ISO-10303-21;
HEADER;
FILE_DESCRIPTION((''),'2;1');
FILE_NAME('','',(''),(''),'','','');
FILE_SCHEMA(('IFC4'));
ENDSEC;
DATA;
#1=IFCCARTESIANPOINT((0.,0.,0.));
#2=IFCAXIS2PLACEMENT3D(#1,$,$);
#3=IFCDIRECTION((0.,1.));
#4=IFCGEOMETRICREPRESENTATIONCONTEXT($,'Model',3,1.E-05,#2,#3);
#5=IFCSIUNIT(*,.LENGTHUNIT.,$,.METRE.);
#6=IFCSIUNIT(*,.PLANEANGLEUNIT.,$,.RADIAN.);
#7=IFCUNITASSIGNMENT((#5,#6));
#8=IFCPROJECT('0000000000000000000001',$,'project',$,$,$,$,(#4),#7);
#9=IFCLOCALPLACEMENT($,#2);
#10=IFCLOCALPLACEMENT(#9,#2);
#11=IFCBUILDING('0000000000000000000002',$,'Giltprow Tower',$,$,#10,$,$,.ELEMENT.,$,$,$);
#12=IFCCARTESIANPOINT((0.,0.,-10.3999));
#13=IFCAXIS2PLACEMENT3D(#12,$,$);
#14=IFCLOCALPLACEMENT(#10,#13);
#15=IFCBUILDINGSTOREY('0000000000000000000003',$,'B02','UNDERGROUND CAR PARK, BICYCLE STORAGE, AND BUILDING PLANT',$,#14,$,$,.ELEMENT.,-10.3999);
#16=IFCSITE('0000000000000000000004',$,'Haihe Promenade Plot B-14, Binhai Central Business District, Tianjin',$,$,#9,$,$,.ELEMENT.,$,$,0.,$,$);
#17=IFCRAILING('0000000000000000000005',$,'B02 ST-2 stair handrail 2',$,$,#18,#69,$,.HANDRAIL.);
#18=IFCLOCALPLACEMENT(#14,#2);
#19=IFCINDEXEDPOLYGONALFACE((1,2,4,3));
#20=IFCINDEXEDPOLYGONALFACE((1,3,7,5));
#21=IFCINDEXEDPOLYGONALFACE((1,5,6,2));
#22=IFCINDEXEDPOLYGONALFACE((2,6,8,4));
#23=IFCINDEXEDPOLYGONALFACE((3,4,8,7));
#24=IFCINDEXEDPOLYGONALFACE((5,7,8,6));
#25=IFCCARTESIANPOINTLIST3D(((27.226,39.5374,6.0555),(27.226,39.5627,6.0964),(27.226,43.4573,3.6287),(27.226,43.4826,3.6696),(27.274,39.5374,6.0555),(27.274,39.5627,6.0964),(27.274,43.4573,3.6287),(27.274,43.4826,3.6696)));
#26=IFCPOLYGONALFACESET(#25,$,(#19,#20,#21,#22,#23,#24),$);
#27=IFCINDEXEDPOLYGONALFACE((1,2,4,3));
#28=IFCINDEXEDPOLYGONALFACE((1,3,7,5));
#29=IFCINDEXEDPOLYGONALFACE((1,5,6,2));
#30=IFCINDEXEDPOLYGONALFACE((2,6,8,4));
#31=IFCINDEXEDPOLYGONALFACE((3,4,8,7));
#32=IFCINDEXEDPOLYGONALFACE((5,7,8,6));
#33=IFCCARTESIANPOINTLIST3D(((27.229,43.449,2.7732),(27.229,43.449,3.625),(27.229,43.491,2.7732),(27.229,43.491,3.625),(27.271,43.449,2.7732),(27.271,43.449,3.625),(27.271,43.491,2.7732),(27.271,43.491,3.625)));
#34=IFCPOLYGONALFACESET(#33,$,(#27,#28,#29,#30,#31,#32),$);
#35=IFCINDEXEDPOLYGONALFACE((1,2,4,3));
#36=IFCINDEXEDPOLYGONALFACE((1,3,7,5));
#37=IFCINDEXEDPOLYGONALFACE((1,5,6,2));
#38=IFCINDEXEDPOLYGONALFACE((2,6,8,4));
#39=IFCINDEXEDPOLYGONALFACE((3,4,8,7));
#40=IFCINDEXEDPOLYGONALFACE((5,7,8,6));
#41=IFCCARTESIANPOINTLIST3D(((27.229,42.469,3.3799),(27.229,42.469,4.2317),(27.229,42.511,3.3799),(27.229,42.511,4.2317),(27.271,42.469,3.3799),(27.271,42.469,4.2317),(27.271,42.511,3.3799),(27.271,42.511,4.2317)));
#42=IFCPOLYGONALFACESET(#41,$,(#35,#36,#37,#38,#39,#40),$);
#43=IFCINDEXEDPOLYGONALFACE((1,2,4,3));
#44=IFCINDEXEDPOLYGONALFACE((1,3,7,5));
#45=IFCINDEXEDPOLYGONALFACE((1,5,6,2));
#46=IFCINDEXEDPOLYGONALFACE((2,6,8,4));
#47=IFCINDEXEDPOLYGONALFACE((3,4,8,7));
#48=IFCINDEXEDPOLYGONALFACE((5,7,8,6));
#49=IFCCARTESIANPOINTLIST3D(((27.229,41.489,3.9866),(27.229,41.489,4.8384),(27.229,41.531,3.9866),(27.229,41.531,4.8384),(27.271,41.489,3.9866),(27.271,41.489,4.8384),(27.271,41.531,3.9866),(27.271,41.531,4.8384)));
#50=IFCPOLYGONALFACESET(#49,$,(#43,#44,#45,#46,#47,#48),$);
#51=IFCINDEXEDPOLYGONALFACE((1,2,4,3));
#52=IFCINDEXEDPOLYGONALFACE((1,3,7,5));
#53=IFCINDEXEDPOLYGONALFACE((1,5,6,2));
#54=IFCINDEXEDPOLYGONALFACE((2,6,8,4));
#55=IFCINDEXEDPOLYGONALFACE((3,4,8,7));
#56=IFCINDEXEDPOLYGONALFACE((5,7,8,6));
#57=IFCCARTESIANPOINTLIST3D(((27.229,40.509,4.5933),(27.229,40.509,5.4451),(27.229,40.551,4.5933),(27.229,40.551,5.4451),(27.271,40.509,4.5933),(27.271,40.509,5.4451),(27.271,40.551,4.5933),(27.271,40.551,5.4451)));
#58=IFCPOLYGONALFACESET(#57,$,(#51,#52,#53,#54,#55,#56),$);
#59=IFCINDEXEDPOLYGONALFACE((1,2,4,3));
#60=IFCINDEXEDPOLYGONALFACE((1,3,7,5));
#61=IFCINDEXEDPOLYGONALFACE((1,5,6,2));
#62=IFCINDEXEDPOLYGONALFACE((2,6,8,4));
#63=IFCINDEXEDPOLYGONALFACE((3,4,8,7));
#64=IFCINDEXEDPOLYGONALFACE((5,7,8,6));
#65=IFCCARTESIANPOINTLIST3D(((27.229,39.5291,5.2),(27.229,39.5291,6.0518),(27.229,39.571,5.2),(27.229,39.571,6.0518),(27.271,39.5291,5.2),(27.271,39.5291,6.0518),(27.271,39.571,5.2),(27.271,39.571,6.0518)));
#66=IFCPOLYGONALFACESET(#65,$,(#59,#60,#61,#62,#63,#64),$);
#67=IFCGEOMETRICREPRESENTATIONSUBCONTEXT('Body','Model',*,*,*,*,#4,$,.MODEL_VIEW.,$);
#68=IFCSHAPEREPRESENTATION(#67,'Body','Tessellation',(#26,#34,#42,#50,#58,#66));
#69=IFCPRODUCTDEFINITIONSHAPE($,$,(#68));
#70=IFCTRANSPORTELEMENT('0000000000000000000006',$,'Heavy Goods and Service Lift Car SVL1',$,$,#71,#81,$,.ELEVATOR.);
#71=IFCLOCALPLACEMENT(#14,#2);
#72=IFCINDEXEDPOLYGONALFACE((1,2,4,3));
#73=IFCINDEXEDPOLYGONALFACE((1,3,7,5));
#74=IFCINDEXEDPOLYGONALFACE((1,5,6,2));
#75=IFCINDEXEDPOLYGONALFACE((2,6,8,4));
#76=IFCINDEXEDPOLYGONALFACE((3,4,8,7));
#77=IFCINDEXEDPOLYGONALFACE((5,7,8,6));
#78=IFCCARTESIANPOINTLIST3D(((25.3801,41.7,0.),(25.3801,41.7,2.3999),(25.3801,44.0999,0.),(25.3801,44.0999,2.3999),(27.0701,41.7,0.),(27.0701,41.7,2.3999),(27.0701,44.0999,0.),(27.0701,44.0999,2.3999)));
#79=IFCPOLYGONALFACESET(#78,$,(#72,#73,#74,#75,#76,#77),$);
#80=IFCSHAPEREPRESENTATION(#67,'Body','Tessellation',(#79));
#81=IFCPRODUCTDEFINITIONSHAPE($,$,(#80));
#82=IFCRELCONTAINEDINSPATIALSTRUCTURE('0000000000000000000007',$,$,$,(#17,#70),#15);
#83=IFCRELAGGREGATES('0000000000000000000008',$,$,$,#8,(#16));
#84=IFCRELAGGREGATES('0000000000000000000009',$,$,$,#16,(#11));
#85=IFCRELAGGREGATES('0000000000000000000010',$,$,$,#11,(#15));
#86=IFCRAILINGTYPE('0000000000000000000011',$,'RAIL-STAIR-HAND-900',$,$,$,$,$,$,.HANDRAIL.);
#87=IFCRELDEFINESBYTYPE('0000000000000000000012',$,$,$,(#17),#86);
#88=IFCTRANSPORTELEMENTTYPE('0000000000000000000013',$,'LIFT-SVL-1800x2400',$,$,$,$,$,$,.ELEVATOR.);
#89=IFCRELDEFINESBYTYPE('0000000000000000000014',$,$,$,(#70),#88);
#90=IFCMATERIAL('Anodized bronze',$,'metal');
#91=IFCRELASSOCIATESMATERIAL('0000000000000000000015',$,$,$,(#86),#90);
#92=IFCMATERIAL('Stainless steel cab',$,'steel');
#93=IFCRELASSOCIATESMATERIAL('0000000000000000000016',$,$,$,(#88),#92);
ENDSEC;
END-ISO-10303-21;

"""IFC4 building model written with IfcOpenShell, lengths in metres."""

from ifc_helpers import new_model, si_unit, direction, frame, origin, origin_2d, place, context, subcontext, project, spatial, rectangle, extrude, source, transform, mapped, material, type_object, element, save


model = new_model("IFC4")

# Units and contexts
model_context = context("Model", 3, precision=1e-05, world=origin(), true_north=direction((0.0, 1.0)))
body_context = subcontext(model_context, "Body", "Model", "MODEL_VIEW")
ifc_project = project(units=[si_unit("LENGTHUNIT", "METRE"), si_unit("PLANEANGLEUNIT", "RADIAN")], contexts=[model_context])

# Site, building, storey
site_placement = place(None, origin())
site = spatial("IfcSite", under=ifc_project, at=site_placement, Name="Haihe Promenade Plot B-14, Binhai Central Business District, Tianjin", CompositionType="ELEMENT", RefElevation=0.0)
building_placement = place(site_placement, origin())
building = spatial("IfcBuilding", under=site, at=building_placement, Name="Giltprow Tower", CompositionType="ELEMENT")
storey_placement = place(building_placement, frame((0.0, 0.0, -10.3999)))
storey = spatial("IfcBuildingStorey", under=building, at=storey_placement, Name="B02", Description="UNDERGROUND CAR PARK, BICYCLE STORAGE, AND BUILDING PLANT", CompositionType="ELEMENT", Elevation=-10.3999)

# Railing
ifc_material_1 = material(Name="Anodized bronze", Category="metal")
railing_type_1 = type_object("IfcRailingType", Name="RAIL-STAIR-HAND-900", PredefinedType="HANDRAIL", material=ifc_material_1)
for number, where, name in (
    (1, (27.25, 43.47, 2.7732), "B02 ST-2 stair handrail 2"),
):
    element("IfcRailing", number, at=place(storey_placement, frame(where)), inside=storey, type_object=railing_type_1, Name=name, PredefinedType="HANDRAIL", context=body_context, shape_type="SweptSolid", body=[
        extrude(rectangle(XDim=0.0481, YDim=0.0481, at=origin_2d()), frame((0.0, 0.0, 0.876), z_axis=(0.0, -0.850252, 0.526376), x_axis=(1.0, 0.0, 0.0)), (0.0, 0.0, 1.0), 4.6104),
        extrude(rectangle(XDim=0.042, YDim=0.042, at=origin_2d()), origin(), (0.0, 0.0, 1.0), 0.8518),
        extrude(rectangle(XDim=0.042, YDim=0.042, at=origin_2d()), frame((0.0, -0.98, 0.6067)), (0.0, 0.0, 1.0), 0.8518),
        extrude(rectangle(XDim=0.042, YDim=0.042, at=origin_2d()), frame((0.0, -1.96, 1.2134)), (0.0, 0.0, 1.0), 0.8518),
        extrude(rectangle(XDim=0.042, YDim=0.042, at=origin_2d()), frame((0.0, -2.9399, 1.8201)), (0.0, 0.0, 1.0), 0.8518),
        extrude(rectangle(XDim=0.042, YDim=0.042, at=origin_2d()), frame((0.0, -3.9199, 2.4268)), (0.0, 0.0, 1.0), 0.8518),
    ])

# Transport element
ifc_material_2 = material(Name="Stainless steel cab", Category="steel")
transport_element_type = type_object("IfcTransportElementType", Name="LIFT-SVL-1800x2400", PredefinedType="ELEVATOR", material=ifc_material_2)
shared_shape_1 = source(origin(), body_context, "Body", "SweptSolid", [
    extrude(rectangle(XDim=1.6899, YDim=2.3999, at=origin_2d()), origin(), (0.0, 0.0, 1.0), 2.3999),
])
transport_element_placement = place(storey_placement, frame((26.2251, 42.8999, 0.0), z_axis=(0.0, 0.0, 1.0), x_axis=(1.0, 0.0, 0.0)))
element("IfcTransportElement", 2, at=transport_element_placement, inside=storey, type_object=transport_element_type, Name="Heavy Goods and Service Lift Car SVL1", PredefinedType="ELEVATOR", context=body_context, shape_type="MappedRepresentation", body=[
    mapped(shared_shape_1, transform((0.0, 0.0, 0.0), x_axis=(1.0, 0.0, 0.0), y_axis=(0.0, 1.0, 0.0), z_axis=(0.0, 0.0, 1.0), scale=1.0)),
])

save(model, "model.ifc")
